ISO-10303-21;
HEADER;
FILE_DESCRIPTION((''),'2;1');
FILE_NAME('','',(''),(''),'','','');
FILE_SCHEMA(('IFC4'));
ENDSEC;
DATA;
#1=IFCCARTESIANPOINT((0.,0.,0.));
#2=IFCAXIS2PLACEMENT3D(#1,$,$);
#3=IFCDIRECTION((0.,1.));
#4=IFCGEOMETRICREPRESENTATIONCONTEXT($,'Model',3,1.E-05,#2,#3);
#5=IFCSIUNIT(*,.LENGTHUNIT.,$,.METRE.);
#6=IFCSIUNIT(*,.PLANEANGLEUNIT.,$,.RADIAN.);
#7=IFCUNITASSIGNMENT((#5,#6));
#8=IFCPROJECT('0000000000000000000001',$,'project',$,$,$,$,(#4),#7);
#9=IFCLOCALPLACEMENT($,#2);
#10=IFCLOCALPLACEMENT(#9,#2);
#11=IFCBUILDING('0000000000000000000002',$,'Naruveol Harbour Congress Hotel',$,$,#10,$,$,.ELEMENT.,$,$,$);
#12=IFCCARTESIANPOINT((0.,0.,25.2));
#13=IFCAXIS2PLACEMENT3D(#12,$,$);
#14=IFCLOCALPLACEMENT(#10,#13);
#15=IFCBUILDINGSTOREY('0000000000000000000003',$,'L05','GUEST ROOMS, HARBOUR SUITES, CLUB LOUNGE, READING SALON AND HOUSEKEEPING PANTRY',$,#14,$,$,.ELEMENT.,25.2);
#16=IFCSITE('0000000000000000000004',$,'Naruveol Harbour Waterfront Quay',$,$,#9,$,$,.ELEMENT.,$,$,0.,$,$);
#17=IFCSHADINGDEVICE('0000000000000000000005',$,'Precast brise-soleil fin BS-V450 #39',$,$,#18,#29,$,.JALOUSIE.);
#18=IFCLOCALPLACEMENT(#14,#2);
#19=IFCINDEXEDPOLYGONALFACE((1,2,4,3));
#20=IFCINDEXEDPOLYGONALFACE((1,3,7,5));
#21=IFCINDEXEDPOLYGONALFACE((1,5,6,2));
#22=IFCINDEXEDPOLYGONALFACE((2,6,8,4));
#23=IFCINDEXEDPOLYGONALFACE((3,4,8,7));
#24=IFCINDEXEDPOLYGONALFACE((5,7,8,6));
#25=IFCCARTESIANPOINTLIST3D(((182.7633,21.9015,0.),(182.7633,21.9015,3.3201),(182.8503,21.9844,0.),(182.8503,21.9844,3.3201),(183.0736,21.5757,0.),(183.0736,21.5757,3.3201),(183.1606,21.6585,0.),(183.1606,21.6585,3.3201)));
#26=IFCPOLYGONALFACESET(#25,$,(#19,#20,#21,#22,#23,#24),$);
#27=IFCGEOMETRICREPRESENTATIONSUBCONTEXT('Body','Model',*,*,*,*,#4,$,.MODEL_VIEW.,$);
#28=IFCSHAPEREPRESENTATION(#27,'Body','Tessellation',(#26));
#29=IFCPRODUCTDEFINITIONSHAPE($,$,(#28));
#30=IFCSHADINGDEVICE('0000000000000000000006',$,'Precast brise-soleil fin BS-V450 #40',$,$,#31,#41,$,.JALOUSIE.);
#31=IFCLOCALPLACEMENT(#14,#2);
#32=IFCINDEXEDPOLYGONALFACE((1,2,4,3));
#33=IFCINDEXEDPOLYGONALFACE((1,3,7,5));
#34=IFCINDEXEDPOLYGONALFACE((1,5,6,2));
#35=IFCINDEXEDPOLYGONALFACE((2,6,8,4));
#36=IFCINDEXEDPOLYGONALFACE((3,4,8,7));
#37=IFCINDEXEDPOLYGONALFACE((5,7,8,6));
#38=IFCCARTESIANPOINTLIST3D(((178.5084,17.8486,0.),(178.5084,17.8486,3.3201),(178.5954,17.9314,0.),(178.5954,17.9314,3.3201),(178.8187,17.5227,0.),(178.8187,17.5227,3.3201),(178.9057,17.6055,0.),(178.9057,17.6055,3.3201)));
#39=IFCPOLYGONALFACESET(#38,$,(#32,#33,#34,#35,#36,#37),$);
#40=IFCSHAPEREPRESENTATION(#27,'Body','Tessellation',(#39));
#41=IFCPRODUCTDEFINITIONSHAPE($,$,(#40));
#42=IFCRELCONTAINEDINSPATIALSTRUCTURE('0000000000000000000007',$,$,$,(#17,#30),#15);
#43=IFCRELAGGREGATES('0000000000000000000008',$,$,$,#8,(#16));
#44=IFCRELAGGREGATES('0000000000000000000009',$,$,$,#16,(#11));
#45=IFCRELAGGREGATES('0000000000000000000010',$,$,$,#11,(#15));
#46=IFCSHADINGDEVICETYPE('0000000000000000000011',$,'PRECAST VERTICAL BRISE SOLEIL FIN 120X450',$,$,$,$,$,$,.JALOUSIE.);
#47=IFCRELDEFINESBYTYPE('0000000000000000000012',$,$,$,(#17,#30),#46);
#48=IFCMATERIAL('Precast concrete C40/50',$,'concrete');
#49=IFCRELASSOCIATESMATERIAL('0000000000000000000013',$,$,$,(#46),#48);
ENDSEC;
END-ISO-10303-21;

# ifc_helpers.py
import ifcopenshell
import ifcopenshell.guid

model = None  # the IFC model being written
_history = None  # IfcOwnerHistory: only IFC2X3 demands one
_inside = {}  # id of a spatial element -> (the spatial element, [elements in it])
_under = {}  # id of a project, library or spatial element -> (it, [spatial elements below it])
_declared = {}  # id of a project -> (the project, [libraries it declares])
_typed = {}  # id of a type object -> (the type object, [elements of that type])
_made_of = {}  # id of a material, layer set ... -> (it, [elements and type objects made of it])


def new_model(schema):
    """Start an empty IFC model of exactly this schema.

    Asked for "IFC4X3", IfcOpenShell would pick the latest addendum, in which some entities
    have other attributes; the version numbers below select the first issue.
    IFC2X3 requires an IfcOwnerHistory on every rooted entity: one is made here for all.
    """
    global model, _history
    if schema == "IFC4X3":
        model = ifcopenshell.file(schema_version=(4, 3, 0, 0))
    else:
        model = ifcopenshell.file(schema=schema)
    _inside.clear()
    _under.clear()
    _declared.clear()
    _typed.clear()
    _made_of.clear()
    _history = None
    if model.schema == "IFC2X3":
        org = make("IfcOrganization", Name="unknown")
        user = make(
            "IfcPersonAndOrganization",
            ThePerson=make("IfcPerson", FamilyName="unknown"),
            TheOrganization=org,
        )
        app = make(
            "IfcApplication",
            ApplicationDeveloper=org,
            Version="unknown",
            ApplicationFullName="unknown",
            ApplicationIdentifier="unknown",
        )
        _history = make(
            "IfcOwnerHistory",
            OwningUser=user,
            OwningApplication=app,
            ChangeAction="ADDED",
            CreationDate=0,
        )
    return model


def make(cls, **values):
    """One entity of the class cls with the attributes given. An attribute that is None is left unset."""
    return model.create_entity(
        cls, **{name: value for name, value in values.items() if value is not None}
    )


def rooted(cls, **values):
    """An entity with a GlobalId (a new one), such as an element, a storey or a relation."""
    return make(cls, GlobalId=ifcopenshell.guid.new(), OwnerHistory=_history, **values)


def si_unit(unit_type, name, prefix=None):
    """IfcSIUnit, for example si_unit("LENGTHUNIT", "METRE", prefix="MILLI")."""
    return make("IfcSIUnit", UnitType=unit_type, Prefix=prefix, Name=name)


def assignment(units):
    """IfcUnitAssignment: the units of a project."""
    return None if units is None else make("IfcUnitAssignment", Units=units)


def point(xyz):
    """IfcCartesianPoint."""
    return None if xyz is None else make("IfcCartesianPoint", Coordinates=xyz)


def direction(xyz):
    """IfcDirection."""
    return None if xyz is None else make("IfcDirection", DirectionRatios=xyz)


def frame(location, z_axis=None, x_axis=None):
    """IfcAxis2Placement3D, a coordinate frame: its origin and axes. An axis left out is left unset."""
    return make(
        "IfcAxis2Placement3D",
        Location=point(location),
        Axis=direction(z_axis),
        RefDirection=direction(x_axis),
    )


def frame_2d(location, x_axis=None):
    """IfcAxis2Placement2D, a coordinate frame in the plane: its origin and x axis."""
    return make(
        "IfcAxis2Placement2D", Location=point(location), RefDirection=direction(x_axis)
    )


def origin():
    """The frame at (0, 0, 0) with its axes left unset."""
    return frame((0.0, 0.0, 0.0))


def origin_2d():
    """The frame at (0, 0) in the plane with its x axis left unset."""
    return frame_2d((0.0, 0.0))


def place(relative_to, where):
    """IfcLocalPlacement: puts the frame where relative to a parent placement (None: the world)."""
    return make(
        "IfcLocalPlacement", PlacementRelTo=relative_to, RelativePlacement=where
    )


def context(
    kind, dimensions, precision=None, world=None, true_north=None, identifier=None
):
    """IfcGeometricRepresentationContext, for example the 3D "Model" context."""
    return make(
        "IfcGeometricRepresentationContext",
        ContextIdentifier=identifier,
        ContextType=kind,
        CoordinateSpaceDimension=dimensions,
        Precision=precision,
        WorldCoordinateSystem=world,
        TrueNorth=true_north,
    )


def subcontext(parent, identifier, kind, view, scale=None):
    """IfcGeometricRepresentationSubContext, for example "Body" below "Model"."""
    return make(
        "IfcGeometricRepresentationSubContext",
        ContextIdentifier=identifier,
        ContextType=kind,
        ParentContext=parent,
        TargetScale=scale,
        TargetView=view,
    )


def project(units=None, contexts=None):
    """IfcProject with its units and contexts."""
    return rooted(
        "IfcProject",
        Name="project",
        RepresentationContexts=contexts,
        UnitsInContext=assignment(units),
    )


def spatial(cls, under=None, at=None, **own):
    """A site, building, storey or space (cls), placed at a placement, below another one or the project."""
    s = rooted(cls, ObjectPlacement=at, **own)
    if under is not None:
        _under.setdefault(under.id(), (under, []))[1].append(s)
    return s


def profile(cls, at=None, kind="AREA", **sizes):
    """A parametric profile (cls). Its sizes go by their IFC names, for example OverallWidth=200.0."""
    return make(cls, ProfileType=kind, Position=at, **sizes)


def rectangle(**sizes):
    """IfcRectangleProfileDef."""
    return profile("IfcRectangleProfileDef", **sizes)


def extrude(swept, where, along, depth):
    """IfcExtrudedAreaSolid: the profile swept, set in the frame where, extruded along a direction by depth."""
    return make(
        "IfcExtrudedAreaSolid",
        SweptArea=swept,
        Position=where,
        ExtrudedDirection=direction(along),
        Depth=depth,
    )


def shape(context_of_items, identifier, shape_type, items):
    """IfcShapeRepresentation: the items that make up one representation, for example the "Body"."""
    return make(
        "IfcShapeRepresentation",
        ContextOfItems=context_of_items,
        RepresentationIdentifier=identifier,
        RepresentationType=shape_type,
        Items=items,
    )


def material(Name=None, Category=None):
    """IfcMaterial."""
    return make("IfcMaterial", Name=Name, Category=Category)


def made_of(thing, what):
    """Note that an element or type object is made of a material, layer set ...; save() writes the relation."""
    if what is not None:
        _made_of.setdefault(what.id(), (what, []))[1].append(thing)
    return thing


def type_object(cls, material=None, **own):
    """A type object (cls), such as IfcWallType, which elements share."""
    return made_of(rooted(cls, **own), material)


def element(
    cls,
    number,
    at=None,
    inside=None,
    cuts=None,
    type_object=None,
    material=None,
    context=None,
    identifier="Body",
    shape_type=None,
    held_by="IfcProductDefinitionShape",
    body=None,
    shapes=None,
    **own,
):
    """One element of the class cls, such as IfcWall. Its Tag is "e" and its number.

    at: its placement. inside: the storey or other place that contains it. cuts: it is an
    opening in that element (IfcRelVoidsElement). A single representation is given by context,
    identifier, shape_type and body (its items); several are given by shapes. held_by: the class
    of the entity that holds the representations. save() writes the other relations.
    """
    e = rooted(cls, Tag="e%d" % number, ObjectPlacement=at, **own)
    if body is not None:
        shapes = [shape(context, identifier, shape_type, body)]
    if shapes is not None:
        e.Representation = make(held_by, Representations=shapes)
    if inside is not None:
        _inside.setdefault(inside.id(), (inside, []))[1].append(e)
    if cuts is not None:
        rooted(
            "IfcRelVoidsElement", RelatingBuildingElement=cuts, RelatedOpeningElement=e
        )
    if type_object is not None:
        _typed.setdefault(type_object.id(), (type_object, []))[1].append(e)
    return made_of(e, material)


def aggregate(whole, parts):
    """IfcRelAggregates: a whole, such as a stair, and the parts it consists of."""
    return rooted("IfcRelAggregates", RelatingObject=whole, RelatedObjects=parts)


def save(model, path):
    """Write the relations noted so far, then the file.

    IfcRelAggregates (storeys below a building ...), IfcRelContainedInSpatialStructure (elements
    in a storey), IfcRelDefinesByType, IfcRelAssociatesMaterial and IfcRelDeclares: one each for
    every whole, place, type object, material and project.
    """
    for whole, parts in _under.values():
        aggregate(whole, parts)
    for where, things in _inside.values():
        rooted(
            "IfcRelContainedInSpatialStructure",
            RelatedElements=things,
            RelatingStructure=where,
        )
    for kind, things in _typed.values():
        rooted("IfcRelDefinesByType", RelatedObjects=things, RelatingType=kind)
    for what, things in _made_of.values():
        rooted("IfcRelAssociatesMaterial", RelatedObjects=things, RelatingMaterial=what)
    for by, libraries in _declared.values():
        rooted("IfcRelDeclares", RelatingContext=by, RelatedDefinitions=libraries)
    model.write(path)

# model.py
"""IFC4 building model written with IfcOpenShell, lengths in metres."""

from ifc_helpers import new_model, si_unit, direction, frame, origin, origin_2d, place, context, subcontext, project, spatial, rectangle, extrude, material, type_object, element, save


model = new_model("IFC4")

# Units and contexts
model_context = context("Model", 3, precision=1e-05, world=origin(), true_north=direction((0.0, 1.0)))
body_context = subcontext(model_context, "Body", "Model", "MODEL_VIEW")
ifc_project = project(units=[si_unit("LENGTHUNIT", "METRE"), si_unit("PLANEANGLEUNIT", "RADIAN")], contexts=[model_context])

# Site, building, storey
site_placement = place(None, origin())
site = spatial("IfcSite", under=ifc_project, at=site_placement, Name="Naruveol Harbour Waterfront Quay", CompositionType="ELEMENT", RefElevation=0.0)
building_placement = place(site_placement, origin())
building = spatial("IfcBuilding", under=site, at=building_placement, Name="Naruveol Harbour Congress Hotel", CompositionType="ELEMENT")
storey_placement = place(building_placement, frame((0.0, 0.0, 25.2)))
storey = spatial("IfcBuildingStorey", under=building, at=storey_placement, Name="L05", Description="GUEST ROOMS, HARBOUR SUITES, CLUB LOUNGE, READING SALON AND HOUSEKEEPING PANTRY", CompositionType="ELEMENT", Elevation=25.2)

# Shading devices
ifc_material_1 = material(Name="Precast concrete C40/50", Category="concrete")
shading_device_type = type_object("IfcShadingDeviceType", Name="PRECAST VERTICAL BRISE SOLEIL FIN 120X450", PredefinedType="JALOUSIE", material=ifc_material_1)
for number, where, z_axis, x_axis, name in (
    (1, (182.9619, 21.78, 0.0), (0.0, 0.0, 1.0), (-0.724172, -0.68962, 0.0), "Precast brise-soleil fin BS-V450 #39"),
    (2, (178.707, 17.7271, 0.0), (0.0, 0.0, 1.0), (-0.724172, -0.68962, 0.0), "Precast brise-soleil fin BS-V450 #40"),
):
    element("IfcShadingDevice", number, at=place(storey_placement, frame(where, z_axis=z_axis, x_axis=x_axis)), inside=storey, type_object=shading_device_type, Name=name, PredefinedType="JALOUSIE", context=body_context, shape_type="SweptSolid", body=[
        extrude(rectangle(XDim=0.1201, YDim=0.45, at=origin_2d()), origin(), (0.0, 0.0, 1.0), 3.3201),
    ])

save(model, "model.ifc")
